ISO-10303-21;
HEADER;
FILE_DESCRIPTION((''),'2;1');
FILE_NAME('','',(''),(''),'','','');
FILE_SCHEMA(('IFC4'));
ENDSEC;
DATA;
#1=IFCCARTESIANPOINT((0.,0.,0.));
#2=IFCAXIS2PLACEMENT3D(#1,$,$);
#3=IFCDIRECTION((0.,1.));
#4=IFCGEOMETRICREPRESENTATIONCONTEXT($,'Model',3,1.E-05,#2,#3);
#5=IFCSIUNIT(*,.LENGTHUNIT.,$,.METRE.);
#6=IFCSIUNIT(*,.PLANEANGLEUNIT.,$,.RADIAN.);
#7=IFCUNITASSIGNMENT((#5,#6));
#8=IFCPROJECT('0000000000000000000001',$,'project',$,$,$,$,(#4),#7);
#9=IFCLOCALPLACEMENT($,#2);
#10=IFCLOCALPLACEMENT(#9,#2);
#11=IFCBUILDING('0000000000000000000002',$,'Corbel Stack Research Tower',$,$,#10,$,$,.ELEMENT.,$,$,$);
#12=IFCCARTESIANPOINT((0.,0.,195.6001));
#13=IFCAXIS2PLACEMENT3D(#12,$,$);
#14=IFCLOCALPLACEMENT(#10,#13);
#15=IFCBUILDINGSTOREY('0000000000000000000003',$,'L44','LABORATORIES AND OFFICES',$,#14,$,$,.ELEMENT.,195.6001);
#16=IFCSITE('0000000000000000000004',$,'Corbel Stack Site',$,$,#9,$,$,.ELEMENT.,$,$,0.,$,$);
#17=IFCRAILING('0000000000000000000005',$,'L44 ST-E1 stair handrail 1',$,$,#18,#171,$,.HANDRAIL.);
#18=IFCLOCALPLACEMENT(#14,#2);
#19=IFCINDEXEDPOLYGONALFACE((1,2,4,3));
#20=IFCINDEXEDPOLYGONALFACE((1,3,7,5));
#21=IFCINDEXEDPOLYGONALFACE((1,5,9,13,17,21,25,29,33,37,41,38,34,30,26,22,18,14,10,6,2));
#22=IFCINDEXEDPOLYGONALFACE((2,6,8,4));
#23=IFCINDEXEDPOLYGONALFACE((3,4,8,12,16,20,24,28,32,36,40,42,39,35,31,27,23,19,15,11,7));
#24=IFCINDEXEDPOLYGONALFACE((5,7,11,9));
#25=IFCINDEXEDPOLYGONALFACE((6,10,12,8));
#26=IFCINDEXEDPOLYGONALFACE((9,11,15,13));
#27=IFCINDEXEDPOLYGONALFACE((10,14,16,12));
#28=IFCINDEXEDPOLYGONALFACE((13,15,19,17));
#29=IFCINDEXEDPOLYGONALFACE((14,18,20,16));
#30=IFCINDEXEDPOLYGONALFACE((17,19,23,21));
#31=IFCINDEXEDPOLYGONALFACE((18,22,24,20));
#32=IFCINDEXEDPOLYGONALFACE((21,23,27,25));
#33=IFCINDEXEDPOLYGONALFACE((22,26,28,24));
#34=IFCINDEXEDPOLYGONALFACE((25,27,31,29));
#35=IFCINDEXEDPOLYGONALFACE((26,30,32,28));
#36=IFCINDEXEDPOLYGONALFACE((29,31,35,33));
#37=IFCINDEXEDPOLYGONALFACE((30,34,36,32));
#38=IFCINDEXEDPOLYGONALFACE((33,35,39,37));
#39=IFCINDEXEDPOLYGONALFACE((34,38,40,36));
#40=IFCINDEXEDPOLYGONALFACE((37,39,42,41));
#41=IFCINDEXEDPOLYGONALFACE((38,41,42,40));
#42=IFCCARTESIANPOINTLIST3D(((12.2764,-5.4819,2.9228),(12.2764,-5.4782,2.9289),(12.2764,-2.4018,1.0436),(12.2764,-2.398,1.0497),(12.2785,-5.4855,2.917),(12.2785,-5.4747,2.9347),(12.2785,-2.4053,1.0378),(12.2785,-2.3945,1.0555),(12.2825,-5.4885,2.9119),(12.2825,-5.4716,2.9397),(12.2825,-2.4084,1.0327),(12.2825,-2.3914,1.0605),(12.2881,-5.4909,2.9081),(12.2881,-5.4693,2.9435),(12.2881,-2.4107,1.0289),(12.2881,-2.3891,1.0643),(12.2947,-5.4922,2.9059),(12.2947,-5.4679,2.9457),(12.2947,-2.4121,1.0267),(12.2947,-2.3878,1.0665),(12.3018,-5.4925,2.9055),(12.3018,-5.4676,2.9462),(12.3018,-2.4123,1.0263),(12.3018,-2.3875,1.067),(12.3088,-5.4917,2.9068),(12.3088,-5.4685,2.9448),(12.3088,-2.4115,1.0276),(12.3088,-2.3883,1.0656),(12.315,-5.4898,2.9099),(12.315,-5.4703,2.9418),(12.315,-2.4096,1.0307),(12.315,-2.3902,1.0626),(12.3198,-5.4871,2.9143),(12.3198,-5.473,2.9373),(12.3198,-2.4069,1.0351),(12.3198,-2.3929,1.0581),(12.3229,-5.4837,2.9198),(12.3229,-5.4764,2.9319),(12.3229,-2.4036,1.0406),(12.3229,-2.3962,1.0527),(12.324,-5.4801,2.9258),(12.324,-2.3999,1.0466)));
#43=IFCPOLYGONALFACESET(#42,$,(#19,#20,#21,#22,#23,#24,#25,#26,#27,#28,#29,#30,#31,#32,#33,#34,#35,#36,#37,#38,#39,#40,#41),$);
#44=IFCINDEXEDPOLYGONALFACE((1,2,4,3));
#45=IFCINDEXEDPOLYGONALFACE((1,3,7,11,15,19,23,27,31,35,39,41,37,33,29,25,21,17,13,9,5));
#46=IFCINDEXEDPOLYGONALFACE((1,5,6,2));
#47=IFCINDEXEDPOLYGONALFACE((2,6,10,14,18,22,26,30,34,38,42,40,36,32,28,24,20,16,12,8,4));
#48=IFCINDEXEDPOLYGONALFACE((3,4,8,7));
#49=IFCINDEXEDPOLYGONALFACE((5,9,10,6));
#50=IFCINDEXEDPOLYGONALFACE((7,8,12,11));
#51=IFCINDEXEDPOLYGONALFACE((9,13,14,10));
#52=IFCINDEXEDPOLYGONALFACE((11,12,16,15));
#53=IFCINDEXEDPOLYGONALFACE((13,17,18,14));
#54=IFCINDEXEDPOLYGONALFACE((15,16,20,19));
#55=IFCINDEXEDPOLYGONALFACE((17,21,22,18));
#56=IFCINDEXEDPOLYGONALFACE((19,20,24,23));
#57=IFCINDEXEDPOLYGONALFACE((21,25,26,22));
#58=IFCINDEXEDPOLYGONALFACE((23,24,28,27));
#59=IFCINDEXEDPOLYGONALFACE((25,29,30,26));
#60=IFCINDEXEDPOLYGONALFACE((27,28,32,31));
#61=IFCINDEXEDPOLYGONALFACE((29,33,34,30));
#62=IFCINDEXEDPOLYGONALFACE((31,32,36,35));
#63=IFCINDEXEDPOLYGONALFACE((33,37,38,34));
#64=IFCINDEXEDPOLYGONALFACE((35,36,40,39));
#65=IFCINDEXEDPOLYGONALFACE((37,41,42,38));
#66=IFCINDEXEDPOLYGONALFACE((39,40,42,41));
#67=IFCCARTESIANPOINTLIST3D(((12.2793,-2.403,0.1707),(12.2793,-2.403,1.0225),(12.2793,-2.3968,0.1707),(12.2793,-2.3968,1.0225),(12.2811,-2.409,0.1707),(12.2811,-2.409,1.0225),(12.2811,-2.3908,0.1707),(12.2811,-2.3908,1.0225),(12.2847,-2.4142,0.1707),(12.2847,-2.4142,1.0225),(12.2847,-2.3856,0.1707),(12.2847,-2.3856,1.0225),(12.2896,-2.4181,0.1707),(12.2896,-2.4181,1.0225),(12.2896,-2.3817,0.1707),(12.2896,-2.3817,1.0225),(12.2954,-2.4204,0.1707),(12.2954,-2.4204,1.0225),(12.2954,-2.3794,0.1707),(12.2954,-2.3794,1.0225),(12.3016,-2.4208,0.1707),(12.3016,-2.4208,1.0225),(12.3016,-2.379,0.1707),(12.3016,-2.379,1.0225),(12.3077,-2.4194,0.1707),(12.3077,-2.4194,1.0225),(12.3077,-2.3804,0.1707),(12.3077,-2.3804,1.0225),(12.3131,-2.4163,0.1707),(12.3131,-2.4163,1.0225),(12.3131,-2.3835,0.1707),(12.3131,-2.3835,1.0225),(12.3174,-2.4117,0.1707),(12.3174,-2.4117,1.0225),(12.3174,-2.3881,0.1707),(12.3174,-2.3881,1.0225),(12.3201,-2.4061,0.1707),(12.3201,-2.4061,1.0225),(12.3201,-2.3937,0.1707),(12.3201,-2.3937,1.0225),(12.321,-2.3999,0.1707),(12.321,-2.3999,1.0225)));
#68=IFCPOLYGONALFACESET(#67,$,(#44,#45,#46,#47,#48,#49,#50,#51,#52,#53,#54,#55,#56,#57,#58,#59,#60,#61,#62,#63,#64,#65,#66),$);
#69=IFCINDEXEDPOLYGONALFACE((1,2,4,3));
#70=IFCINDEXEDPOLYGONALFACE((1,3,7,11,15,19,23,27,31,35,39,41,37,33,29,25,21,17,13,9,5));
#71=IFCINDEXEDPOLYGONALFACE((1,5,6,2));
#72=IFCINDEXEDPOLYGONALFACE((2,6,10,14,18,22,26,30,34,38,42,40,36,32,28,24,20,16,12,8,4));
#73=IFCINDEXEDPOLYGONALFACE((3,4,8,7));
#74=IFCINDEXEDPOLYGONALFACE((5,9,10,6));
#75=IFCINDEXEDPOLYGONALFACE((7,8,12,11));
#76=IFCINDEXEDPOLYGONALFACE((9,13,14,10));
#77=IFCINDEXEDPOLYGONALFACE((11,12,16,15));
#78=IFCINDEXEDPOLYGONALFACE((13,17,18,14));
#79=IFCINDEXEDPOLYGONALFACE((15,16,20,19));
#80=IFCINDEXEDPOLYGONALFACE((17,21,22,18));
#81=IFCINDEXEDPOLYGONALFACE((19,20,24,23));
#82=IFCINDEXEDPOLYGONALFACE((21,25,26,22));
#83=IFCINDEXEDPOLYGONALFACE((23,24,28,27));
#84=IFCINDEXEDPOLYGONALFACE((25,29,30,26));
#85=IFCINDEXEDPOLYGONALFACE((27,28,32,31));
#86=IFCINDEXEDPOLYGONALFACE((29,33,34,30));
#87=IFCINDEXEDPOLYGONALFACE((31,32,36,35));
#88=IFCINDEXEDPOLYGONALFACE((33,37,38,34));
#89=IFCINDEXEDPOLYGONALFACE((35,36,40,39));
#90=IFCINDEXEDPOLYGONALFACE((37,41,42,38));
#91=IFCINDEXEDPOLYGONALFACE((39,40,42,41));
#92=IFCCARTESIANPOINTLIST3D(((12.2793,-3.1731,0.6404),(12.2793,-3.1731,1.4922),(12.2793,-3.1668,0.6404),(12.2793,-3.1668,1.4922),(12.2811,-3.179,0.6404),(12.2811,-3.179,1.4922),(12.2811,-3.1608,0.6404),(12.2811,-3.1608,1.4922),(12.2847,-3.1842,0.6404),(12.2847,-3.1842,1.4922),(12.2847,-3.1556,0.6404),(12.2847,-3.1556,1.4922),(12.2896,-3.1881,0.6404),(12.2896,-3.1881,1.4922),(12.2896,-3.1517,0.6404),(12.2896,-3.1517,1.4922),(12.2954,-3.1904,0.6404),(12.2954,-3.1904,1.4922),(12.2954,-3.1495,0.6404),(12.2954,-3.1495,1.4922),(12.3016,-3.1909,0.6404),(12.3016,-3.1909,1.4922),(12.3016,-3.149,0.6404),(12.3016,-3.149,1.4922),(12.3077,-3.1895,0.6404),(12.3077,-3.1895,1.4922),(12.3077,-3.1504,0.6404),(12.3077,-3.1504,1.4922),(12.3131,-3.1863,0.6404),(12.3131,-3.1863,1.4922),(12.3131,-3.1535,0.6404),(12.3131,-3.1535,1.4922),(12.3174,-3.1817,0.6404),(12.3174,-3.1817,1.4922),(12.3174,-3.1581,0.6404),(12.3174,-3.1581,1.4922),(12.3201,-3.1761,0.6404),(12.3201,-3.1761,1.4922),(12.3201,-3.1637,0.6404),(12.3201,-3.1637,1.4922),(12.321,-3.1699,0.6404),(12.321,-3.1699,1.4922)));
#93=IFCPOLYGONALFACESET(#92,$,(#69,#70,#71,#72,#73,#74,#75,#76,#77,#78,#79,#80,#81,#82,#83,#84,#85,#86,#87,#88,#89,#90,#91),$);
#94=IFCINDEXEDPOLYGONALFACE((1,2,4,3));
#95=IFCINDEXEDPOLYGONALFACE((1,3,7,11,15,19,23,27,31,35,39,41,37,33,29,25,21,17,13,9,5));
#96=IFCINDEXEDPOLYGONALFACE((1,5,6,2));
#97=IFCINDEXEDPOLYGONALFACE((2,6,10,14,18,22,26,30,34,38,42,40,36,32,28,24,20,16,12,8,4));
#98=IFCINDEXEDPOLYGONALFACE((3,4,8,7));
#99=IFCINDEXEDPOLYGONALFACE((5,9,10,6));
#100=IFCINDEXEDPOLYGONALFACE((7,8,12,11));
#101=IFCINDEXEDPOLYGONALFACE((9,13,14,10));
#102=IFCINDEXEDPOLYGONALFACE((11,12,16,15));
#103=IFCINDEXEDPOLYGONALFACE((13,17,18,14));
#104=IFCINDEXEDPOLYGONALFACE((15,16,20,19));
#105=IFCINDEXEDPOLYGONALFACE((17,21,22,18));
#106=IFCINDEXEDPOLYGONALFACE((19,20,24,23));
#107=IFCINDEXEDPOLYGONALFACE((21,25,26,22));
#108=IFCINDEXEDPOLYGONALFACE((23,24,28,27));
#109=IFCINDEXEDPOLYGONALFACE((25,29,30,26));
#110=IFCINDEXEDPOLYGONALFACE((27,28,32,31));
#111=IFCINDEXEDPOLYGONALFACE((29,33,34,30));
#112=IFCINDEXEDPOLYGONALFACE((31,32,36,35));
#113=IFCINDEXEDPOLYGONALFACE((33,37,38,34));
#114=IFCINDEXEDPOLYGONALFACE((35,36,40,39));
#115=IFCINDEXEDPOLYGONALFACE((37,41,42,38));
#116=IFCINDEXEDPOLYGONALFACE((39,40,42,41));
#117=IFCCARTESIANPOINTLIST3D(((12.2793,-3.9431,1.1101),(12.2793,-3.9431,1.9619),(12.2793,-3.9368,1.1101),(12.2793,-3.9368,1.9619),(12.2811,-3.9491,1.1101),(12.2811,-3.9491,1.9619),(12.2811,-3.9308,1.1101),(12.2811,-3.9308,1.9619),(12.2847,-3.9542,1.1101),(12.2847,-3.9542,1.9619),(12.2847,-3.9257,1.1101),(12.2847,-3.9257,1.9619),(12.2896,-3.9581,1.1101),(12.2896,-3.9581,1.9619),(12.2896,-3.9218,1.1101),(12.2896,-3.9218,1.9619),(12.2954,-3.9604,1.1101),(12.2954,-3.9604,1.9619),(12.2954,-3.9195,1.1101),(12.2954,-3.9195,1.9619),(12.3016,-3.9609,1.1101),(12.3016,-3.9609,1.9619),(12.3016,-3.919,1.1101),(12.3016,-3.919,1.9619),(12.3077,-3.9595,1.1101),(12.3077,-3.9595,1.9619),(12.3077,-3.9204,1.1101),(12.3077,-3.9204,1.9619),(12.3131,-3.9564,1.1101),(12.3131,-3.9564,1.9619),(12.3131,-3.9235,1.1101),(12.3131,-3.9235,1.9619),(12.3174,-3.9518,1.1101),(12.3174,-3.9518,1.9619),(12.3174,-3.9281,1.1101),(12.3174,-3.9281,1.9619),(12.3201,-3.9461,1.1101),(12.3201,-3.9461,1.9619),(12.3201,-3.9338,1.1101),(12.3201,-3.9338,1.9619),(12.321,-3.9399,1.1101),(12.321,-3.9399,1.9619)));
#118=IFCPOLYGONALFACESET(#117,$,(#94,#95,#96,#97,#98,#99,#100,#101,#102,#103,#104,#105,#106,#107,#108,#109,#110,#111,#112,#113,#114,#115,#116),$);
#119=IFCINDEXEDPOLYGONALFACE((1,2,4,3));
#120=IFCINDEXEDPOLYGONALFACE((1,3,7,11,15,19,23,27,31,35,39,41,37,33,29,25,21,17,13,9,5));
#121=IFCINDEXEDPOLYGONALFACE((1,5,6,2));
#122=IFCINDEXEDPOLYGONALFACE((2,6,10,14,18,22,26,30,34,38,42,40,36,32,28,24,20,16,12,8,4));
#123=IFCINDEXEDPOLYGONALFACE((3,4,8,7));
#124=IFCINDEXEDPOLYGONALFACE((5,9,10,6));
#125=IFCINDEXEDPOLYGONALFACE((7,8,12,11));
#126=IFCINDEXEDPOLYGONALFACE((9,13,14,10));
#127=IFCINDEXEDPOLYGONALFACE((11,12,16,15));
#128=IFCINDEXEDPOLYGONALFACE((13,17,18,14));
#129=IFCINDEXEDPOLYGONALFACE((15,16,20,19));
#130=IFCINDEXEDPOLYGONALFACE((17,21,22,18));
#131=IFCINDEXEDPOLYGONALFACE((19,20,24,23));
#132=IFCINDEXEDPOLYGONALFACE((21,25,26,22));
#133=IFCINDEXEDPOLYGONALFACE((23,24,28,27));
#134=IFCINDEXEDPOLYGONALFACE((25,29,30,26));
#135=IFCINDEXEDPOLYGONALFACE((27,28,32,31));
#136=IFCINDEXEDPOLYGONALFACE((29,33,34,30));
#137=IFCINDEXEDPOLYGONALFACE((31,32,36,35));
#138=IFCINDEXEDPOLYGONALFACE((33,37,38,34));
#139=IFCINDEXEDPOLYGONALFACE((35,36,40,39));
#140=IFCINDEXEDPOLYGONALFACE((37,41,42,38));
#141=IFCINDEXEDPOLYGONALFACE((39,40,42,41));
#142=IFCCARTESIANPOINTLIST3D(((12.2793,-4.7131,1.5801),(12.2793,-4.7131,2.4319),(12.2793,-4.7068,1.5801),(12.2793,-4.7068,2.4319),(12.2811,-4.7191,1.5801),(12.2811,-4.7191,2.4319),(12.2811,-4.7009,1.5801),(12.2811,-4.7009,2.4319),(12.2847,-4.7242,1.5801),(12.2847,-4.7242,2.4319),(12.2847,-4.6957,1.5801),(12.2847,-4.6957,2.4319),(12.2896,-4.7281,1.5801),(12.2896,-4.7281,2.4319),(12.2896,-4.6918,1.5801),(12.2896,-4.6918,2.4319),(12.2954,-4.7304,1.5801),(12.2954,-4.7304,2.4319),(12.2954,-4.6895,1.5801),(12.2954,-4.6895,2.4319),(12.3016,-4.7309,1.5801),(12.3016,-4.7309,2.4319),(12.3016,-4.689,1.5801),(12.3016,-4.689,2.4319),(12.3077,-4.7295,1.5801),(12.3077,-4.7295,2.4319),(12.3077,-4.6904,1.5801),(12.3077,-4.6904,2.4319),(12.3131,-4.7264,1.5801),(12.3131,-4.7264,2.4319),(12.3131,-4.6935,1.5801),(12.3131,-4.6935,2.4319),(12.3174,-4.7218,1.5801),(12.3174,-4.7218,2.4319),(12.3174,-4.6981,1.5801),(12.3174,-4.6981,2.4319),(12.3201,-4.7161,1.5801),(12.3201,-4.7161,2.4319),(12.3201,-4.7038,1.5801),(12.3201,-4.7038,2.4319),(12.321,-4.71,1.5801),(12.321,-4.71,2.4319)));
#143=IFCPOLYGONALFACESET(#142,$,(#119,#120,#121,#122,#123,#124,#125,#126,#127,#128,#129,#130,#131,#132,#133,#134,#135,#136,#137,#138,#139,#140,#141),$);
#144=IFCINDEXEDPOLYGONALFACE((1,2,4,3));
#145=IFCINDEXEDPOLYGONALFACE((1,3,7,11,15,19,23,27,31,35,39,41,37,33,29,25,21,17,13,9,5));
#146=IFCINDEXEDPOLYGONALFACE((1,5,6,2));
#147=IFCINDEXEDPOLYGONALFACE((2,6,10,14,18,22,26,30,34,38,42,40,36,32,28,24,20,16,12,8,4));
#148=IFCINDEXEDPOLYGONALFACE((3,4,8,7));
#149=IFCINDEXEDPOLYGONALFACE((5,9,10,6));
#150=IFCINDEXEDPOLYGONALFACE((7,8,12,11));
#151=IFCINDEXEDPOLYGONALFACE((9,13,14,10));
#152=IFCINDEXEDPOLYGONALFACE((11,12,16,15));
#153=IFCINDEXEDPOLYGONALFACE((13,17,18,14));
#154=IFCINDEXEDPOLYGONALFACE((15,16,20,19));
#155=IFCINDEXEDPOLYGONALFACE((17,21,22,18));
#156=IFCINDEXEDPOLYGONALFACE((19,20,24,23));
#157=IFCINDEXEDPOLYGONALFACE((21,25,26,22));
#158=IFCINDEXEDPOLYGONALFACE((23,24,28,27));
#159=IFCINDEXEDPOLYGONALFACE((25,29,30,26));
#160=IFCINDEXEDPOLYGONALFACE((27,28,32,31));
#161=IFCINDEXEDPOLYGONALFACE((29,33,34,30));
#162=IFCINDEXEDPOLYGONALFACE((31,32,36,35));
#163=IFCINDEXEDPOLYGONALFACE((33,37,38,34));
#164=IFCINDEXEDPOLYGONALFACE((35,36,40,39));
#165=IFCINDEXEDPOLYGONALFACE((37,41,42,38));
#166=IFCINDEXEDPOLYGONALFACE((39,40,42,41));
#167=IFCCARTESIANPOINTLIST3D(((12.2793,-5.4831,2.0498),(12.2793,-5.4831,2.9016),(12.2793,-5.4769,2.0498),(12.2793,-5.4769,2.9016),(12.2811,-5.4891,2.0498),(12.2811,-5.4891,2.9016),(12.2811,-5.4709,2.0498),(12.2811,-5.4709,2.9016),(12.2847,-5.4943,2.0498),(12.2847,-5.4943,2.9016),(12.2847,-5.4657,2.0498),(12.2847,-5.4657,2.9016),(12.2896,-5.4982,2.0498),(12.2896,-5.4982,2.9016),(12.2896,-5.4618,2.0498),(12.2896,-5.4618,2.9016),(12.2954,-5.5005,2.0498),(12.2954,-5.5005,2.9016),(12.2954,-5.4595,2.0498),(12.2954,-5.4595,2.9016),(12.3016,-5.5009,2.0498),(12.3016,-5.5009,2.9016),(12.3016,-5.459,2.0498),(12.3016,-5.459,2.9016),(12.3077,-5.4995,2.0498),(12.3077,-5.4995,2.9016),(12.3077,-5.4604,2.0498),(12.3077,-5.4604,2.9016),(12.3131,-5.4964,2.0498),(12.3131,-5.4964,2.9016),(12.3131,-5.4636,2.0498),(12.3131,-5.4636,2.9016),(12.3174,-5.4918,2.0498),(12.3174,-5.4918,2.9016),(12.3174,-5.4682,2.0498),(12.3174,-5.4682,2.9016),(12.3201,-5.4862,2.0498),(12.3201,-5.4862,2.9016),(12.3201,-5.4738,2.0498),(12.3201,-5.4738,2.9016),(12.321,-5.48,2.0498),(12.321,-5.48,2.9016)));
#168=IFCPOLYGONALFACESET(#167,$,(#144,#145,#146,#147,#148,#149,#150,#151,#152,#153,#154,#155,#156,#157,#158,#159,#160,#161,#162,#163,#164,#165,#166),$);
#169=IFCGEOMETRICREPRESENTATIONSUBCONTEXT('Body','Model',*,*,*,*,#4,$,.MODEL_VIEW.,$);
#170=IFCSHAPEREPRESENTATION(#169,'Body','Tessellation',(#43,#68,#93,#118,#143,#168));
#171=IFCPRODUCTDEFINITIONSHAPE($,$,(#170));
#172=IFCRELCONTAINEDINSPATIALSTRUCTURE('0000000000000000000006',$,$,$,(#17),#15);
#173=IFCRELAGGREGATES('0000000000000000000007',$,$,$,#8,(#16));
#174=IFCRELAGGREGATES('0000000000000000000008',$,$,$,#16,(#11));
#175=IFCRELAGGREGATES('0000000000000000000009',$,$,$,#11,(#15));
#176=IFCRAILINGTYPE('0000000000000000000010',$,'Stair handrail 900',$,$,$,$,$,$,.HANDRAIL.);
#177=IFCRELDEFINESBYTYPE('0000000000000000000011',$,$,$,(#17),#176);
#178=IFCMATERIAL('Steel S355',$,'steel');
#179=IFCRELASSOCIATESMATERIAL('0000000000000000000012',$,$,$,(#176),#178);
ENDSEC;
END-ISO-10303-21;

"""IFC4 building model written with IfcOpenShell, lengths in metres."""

from ifc_helpers import new_model, si_unit, direction, frame, origin, origin_2d, place, context, subcontext, project, spatial, circle, extrude, material, type_object, element, save


model = new_model("IFC4")

# Units and contexts
model_context = context("Model", 3, precision=1e-05, world=origin(), true_north=direction((0.0, 1.0)))
body_context = subcontext(model_context, "Body", "Model", "MODEL_VIEW")
ifc_project = project(units=[si_unit("LENGTHUNIT", "METRE"), si_unit("PLANEANGLEUNIT", "RADIAN")], contexts=[model_context])

# Site, building, storey
site_placement = place(None, origin())
site = spatial("IfcSite", under=ifc_project, at=site_placement, Name="Corbel Stack Site", CompositionType="ELEMENT", RefElevation=0.0)
building_placement = place(site_placement, origin())
building = spatial("IfcBuilding", under=site, at=building_placement, Name="Corbel Stack Research Tower", CompositionType="ELEMENT")
storey_placement = place(building_placement, frame((0.0, 0.0, 195.6001)))
storey = spatial("IfcBuildingStorey", under=building, at=storey_placement, Name="L44", Description="LABORATORIES AND OFFICES", CompositionType="ELEMENT", Elevation=195.6001)

# Railing
ifc_material_1 = material(Name="Steel S355", Category="steel")
railing_type_1 = type_object("IfcRailingType", Name="Stair handrail 900", PredefinedType="HANDRAIL", material=ifc_material_1)
railing_1_placement = place(storey_placement, frame((12.3, -2.3999, 0.1707)))
element("IfcRailing", 1, at=railing_1_placement, inside=storey, type_object=railing_type_1, Name="L44 ST-E1 stair handrail 1", PredefinedType="HANDRAIL", context=body_context, shape_type="SweptSolid", body=[
    extrude(circle(Radius=0.0239, at=origin_2d()), frame((0.0, 0.0, 0.876), z_axis=(0.0, -0.853666, 0.52082), x_axis=(1.0, 0.0, 0.0)), (0.0, 0.0, 1.0), 3.6082),
    extrude(circle(Radius=0.021, at=origin_2d()), origin(), (0.0, 0.0, 1.0), 0.8518),
    extrude(circle(Radius=0.021, at=origin_2d()), frame((0.0, -0.77, 0.4697)), (0.0, 0.0, 1.0), 0.8518),
    extrude(circle(Radius=0.021, at=origin_2d()), frame((0.0, -1.54, 0.9395)), (0.0, 0.0, 1.0), 0.8518),
    extrude(circle(Radius=0.021, at=origin_2d()), frame((0.0, -2.3101, 1.4094)), (0.0, 0.0, 1.0), 0.8518),
    extrude(circle(Radius=0.021, at=origin_2d()), frame((0.0, -3.0801, 1.8792)), (0.0, 0.0, 1.0), 0.8518),
])

save(model, "model.ifc")
